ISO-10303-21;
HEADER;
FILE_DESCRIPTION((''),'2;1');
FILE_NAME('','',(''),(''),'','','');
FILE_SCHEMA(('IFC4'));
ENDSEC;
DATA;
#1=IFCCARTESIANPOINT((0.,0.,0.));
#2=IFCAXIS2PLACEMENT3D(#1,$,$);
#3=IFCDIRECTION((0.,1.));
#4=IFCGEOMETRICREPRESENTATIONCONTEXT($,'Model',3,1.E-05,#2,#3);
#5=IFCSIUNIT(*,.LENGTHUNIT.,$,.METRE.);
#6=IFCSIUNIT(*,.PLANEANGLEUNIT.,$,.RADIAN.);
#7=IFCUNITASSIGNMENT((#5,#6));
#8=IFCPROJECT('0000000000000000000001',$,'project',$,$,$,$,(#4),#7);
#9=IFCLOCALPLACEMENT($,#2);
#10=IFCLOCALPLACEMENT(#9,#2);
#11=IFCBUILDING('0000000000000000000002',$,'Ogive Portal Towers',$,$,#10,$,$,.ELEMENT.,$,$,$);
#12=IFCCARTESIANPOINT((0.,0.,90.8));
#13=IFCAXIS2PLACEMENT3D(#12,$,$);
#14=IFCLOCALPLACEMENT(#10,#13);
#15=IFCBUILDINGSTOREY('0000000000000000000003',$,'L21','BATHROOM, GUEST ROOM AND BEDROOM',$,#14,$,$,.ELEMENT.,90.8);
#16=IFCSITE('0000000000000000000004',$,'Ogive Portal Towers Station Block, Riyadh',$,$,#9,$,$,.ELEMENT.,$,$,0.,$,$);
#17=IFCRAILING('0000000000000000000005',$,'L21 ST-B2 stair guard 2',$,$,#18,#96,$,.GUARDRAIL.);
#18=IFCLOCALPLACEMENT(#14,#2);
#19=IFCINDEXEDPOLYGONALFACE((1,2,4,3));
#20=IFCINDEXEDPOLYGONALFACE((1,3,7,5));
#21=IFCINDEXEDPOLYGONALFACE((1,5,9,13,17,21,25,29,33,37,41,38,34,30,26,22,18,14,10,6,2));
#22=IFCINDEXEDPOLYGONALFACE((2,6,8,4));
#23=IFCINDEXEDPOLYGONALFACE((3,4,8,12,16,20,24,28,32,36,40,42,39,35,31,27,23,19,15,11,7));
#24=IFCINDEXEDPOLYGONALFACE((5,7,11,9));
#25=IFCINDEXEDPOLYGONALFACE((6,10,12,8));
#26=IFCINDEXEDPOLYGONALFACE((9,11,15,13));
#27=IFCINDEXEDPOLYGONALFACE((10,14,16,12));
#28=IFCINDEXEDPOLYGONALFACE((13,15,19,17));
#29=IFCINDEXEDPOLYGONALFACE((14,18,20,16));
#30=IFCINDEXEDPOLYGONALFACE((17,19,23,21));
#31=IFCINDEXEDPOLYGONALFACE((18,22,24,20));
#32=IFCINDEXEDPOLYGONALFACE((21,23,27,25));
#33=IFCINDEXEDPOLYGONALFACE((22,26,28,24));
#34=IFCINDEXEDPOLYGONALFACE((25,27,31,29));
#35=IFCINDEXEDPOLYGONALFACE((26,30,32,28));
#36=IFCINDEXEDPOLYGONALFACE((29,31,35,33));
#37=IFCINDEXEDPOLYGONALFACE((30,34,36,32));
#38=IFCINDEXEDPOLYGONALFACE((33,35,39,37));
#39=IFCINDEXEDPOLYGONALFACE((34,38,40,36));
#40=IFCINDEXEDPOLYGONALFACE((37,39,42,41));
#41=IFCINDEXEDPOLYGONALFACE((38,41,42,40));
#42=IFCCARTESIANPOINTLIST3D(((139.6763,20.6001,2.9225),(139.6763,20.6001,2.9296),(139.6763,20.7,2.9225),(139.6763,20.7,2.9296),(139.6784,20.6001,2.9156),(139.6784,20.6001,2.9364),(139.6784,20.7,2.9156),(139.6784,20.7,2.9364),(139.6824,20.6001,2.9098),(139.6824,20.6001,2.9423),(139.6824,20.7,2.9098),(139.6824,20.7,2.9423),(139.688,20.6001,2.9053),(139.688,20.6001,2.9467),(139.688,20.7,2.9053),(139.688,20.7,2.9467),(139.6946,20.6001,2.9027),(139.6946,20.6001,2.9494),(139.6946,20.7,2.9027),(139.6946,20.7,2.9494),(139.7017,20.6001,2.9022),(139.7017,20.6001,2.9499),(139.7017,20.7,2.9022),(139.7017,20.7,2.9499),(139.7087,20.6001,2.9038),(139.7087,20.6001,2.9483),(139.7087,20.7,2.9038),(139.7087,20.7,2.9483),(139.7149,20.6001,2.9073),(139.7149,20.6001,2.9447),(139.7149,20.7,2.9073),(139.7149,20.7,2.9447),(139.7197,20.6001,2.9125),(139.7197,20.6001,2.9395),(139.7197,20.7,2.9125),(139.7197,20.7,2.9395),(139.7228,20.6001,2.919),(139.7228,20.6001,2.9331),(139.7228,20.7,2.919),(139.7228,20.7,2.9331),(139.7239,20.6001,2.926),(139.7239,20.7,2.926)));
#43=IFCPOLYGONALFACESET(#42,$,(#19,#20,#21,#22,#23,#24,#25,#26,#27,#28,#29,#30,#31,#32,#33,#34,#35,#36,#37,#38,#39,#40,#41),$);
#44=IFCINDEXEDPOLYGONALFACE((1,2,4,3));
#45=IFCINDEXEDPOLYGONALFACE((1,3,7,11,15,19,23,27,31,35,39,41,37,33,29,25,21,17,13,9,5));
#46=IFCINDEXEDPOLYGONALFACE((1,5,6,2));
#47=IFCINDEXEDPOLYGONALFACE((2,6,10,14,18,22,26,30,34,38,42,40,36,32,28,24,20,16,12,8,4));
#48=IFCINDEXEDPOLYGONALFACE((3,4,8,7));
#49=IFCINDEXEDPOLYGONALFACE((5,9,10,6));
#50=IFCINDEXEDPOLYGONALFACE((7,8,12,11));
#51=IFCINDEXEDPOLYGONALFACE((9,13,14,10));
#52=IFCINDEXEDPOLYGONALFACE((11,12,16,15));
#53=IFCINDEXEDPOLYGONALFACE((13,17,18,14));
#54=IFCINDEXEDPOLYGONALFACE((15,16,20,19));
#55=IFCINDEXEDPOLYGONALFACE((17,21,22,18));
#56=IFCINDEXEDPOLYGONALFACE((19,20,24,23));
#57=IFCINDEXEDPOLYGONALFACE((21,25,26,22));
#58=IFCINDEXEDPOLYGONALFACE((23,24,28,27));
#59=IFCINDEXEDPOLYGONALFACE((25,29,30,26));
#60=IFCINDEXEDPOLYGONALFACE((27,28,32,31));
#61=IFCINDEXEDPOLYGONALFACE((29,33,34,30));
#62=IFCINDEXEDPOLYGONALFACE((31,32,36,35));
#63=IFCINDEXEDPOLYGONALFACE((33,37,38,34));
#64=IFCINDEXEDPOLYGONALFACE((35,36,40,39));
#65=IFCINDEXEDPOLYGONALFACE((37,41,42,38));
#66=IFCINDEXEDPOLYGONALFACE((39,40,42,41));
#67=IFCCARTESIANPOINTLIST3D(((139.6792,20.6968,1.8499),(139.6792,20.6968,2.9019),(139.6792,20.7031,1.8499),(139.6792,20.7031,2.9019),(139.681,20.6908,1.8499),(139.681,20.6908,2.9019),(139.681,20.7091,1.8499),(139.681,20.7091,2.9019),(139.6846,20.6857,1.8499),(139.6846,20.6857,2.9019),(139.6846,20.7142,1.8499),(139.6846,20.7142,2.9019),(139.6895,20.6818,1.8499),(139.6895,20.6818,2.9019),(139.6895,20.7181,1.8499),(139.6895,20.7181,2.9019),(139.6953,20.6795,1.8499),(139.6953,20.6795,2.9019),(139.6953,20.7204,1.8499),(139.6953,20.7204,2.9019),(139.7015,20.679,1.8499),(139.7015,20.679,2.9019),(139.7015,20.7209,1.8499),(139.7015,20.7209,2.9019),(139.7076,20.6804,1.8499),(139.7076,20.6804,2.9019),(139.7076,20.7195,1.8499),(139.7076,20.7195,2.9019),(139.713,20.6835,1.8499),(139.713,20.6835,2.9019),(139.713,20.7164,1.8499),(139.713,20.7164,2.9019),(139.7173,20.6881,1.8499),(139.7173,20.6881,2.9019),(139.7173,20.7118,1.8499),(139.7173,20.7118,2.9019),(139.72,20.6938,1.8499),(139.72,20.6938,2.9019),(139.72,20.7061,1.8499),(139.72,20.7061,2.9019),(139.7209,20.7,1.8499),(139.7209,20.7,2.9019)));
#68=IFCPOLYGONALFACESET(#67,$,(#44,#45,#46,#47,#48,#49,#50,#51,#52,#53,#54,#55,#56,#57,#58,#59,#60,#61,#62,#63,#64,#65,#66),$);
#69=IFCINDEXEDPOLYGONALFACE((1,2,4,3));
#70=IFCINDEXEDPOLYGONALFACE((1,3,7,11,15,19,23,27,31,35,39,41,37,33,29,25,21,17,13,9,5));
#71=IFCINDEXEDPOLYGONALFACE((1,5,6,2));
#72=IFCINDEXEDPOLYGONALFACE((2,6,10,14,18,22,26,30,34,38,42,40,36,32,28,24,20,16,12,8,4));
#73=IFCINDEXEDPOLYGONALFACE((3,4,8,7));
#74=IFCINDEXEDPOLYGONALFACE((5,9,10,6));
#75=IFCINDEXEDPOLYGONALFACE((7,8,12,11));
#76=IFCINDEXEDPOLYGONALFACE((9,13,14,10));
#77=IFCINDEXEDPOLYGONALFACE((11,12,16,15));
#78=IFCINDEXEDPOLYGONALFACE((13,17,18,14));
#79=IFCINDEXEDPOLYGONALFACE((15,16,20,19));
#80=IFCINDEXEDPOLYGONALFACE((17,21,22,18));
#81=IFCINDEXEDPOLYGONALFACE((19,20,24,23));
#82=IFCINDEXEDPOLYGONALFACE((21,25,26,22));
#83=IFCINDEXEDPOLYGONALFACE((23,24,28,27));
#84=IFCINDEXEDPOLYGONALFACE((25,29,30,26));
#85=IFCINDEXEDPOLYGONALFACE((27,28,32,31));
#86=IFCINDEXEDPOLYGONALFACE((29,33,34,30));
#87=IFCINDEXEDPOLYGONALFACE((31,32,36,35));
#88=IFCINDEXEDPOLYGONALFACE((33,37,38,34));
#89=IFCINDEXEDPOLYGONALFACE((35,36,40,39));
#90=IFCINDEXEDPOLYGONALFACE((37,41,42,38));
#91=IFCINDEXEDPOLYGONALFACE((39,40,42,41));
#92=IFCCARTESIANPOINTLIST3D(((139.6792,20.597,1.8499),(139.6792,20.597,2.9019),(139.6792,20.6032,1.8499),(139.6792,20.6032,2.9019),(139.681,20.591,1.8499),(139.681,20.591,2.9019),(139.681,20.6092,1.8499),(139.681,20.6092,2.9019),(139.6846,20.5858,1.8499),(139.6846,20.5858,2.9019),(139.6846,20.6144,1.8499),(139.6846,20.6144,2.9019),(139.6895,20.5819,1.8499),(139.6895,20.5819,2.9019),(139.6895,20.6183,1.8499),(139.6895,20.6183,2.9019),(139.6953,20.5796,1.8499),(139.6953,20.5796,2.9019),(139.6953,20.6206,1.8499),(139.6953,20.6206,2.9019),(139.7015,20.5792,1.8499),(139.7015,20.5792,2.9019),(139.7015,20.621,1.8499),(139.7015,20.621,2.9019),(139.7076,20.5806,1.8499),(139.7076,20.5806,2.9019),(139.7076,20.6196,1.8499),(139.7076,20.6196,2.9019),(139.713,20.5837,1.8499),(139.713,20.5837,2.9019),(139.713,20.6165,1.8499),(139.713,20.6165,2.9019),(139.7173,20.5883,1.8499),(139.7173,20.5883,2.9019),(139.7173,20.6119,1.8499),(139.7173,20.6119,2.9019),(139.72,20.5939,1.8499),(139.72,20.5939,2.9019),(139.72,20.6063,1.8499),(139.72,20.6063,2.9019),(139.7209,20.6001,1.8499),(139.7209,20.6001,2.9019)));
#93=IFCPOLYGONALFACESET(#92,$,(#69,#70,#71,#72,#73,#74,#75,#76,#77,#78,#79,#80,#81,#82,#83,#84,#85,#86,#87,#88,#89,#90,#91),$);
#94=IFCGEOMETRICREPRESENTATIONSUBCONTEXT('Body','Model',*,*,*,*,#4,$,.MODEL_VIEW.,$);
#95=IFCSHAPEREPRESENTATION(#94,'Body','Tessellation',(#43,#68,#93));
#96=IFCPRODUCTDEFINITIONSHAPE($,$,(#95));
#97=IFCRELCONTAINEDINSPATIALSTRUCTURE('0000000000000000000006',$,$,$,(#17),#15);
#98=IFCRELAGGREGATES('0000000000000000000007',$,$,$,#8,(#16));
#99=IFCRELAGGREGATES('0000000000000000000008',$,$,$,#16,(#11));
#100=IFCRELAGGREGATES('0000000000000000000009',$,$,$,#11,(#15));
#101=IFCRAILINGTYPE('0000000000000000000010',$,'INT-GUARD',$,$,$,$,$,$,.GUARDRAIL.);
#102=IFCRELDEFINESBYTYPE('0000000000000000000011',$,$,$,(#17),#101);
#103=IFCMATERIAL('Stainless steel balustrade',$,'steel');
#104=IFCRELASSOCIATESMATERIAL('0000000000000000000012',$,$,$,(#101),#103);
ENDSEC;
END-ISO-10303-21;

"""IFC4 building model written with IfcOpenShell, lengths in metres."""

from ifc_helpers import new_model, si_unit, direction, frame, origin, origin_2d, place, context, subcontext, project, spatial, circle, extrude, material, type_object, element, save


model = new_model("IFC4")

# Units and contexts
model_context = context("Model", 3, precision=1e-05, world=origin(), true_north=direction((0.0, 1.0)))
body_context = subcontext(model_context, "Body", "Model", "MODEL_VIEW")
ifc_project = project(units=[si_unit("LENGTHUNIT", "METRE"), si_unit("PLANEANGLEUNIT", "RADIAN")], contexts=[model_context])

# Site, building, storey
site_placement = place(None, origin())
site = spatial("IfcSite", under=ifc_project, at=site_placement, Name="Ogive Portal Towers Station Block, Riyadh", CompositionType="ELEMENT", RefElevation=0.0)
building_placement = place(site_placement, origin())
building = spatial("IfcBuilding", under=site, at=building_placement, Name="Ogive Portal Towers", CompositionType="ELEMENT")
storey_placement = place(building_placement, frame((0.0, 0.0, 90.8)))
storey = spatial("IfcBuildingStorey", under=building, at=storey_placement, Name="L21", Description="BATHROOM, GUEST ROOM AND BEDROOM", CompositionType="ELEMENT", Elevation=90.8)

# Railing
ifc_material_1 = material(Name="Stainless steel balustrade", Category="steel")
railing_type_1 = type_object("IfcRailingType", Name="INT-GUARD", PredefinedType="GUARDRAIL", material=ifc_material_1)
railing_1_placement = place(storey_placement, frame((139.7, 20.7, 1.8499)))
element("IfcRailing", 1, at=railing_1_placement, inside=storey, type_object=railing_type_1, Name="L21 ST-B2 stair guard 2", PredefinedType="GUARDRAIL", context=body_context, shape_type="SweptSolid", body=[
    extrude(circle(Radius=0.0239, at=origin_2d()), frame((0.0, 0.0, 1.0762), z_axis=(0.0, -1.0, 0.0), x_axis=(1.0, 0.0, 0.0)), (0.0, 0.0, 1.0), 0.0999),
    extrude(circle(Radius=0.021, at=origin_2d()), origin(), (0.0, 0.0, 1.0), 1.052),
    extrude(circle(Radius=0.021, at=origin_2d()), frame((0.0, -0.0999, 0.0)), (0.0, 0.0, 1.0), 1.052),
])

save(model, "model.ifc")
